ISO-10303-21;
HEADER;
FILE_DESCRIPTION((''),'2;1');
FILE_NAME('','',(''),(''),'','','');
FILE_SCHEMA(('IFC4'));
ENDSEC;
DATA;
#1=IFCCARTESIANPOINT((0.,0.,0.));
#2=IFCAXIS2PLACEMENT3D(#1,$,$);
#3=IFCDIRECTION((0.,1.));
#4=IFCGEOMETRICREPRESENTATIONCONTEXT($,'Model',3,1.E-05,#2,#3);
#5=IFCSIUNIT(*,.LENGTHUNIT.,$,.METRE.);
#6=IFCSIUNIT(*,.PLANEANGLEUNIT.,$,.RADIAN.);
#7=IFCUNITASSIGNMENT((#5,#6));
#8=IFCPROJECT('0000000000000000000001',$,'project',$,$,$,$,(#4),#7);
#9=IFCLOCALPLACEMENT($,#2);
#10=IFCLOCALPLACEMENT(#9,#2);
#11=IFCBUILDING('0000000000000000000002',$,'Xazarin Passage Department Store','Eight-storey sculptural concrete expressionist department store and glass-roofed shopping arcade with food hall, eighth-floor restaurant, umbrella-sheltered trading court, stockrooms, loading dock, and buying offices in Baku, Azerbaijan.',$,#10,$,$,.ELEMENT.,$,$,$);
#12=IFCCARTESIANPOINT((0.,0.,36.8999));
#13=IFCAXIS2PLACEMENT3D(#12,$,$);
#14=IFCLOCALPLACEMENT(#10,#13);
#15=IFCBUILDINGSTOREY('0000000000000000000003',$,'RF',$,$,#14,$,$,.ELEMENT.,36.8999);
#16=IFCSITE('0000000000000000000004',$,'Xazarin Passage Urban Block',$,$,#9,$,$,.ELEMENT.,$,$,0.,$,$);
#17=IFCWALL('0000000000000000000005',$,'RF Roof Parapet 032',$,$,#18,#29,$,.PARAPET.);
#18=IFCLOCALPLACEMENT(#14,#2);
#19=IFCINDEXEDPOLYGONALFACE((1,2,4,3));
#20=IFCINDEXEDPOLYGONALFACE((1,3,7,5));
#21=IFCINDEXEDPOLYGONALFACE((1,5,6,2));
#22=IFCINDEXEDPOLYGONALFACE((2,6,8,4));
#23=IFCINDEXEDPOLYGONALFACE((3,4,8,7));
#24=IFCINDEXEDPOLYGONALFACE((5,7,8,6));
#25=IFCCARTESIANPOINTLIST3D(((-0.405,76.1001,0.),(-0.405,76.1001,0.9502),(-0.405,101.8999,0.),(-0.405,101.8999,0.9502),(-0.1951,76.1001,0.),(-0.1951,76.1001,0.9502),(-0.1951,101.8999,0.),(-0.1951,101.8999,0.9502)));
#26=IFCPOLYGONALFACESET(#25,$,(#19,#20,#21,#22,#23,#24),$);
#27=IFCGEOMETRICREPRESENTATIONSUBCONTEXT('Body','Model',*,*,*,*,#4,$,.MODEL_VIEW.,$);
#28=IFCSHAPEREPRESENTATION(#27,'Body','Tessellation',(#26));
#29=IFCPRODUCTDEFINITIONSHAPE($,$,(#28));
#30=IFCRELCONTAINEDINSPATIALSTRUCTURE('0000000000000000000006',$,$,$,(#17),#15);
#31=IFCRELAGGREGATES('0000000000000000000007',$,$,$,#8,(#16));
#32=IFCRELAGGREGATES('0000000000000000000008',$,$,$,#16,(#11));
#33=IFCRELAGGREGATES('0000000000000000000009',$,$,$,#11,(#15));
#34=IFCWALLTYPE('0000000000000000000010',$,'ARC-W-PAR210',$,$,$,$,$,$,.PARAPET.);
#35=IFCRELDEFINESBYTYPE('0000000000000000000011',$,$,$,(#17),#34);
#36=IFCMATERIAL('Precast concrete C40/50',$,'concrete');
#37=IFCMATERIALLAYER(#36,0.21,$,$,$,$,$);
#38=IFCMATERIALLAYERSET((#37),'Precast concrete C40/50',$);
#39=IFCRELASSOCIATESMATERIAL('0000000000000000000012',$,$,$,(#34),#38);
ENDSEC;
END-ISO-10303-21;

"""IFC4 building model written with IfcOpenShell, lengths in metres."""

from ifc_helpers import new_model, si_unit, direction, frame, frame_2d, origin, place, context, subcontext, project, spatial, rectangle, extrude, material, layer, layer_set, type_object, element, save


model = new_model("IFC4")

# Units and contexts
model_context = context("Model", 3, precision=1e-05, world=origin(), true_north=direction((0.0, 1.0)))
body_context = subcontext(model_context, "Body", "Model", "MODEL_VIEW")
ifc_project = project(units=[si_unit("LENGTHUNIT", "METRE"), si_unit("PLANEANGLEUNIT", "RADIAN")], contexts=[model_context])

# Site, building, storey
site_placement = place(None, origin())
site = spatial("IfcSite", under=ifc_project, at=site_placement, Name="Xazarin Passage Urban Block", CompositionType="ELEMENT", RefElevation=0.0)
building_placement = place(site_placement, origin())
building = spatial("IfcBuilding", under=site, at=building_placement, Name="Xazarin Passage Department Store", Description="Eight-storey sculptural concrete expressionist department store and glass-roofed shopping arcade with food hall, eighth-floor restaurant, umbrella-sheltered trading court, stockrooms, loading dock, and buying offices in Baku, Azerbaijan.", CompositionType="ELEMENT")
storey_placement = place(building_placement, frame((0.0, 0.0, 36.8999)))
storey = spatial("IfcBuildingStorey", under=building, at=storey_placement, Name="RF", CompositionType="ELEMENT", Elevation=36.8999)

# Wall
ifc_material_1 = material(Name="Precast concrete C40/50", Category="concrete")
ifc_layer_1 = layer(ifc_material_1, 0.21)
ifc_layer_set_1 = layer_set([ifc_layer_1], Name="Precast concrete C40/50")
wall_type = type_object("IfcWallType", Name="ARC-W-PAR210", PredefinedType="PARAPET", material=ifc_layer_set_1)
wall_placement = place(storey_placement, frame((-0.3, 101.8999, 0.0), z_axis=(0.0, 0.0, 1.0), x_axis=(0.0, -1.0, 0.0)))
element("IfcWall", 1, at=wall_placement, inside=storey, type_object=wall_type, Name="RF Roof Parapet 032", PredefinedType="PARAPET", context=body_context, shape_type="SweptSolid", body=[
    extrude(rectangle(XDim=25.7998, YDim=0.21, at=frame_2d((12.8999, 0.0))), origin(), (0.0, 0.0, 1.0), 0.9502),
])

save(model, "model.ifc")
